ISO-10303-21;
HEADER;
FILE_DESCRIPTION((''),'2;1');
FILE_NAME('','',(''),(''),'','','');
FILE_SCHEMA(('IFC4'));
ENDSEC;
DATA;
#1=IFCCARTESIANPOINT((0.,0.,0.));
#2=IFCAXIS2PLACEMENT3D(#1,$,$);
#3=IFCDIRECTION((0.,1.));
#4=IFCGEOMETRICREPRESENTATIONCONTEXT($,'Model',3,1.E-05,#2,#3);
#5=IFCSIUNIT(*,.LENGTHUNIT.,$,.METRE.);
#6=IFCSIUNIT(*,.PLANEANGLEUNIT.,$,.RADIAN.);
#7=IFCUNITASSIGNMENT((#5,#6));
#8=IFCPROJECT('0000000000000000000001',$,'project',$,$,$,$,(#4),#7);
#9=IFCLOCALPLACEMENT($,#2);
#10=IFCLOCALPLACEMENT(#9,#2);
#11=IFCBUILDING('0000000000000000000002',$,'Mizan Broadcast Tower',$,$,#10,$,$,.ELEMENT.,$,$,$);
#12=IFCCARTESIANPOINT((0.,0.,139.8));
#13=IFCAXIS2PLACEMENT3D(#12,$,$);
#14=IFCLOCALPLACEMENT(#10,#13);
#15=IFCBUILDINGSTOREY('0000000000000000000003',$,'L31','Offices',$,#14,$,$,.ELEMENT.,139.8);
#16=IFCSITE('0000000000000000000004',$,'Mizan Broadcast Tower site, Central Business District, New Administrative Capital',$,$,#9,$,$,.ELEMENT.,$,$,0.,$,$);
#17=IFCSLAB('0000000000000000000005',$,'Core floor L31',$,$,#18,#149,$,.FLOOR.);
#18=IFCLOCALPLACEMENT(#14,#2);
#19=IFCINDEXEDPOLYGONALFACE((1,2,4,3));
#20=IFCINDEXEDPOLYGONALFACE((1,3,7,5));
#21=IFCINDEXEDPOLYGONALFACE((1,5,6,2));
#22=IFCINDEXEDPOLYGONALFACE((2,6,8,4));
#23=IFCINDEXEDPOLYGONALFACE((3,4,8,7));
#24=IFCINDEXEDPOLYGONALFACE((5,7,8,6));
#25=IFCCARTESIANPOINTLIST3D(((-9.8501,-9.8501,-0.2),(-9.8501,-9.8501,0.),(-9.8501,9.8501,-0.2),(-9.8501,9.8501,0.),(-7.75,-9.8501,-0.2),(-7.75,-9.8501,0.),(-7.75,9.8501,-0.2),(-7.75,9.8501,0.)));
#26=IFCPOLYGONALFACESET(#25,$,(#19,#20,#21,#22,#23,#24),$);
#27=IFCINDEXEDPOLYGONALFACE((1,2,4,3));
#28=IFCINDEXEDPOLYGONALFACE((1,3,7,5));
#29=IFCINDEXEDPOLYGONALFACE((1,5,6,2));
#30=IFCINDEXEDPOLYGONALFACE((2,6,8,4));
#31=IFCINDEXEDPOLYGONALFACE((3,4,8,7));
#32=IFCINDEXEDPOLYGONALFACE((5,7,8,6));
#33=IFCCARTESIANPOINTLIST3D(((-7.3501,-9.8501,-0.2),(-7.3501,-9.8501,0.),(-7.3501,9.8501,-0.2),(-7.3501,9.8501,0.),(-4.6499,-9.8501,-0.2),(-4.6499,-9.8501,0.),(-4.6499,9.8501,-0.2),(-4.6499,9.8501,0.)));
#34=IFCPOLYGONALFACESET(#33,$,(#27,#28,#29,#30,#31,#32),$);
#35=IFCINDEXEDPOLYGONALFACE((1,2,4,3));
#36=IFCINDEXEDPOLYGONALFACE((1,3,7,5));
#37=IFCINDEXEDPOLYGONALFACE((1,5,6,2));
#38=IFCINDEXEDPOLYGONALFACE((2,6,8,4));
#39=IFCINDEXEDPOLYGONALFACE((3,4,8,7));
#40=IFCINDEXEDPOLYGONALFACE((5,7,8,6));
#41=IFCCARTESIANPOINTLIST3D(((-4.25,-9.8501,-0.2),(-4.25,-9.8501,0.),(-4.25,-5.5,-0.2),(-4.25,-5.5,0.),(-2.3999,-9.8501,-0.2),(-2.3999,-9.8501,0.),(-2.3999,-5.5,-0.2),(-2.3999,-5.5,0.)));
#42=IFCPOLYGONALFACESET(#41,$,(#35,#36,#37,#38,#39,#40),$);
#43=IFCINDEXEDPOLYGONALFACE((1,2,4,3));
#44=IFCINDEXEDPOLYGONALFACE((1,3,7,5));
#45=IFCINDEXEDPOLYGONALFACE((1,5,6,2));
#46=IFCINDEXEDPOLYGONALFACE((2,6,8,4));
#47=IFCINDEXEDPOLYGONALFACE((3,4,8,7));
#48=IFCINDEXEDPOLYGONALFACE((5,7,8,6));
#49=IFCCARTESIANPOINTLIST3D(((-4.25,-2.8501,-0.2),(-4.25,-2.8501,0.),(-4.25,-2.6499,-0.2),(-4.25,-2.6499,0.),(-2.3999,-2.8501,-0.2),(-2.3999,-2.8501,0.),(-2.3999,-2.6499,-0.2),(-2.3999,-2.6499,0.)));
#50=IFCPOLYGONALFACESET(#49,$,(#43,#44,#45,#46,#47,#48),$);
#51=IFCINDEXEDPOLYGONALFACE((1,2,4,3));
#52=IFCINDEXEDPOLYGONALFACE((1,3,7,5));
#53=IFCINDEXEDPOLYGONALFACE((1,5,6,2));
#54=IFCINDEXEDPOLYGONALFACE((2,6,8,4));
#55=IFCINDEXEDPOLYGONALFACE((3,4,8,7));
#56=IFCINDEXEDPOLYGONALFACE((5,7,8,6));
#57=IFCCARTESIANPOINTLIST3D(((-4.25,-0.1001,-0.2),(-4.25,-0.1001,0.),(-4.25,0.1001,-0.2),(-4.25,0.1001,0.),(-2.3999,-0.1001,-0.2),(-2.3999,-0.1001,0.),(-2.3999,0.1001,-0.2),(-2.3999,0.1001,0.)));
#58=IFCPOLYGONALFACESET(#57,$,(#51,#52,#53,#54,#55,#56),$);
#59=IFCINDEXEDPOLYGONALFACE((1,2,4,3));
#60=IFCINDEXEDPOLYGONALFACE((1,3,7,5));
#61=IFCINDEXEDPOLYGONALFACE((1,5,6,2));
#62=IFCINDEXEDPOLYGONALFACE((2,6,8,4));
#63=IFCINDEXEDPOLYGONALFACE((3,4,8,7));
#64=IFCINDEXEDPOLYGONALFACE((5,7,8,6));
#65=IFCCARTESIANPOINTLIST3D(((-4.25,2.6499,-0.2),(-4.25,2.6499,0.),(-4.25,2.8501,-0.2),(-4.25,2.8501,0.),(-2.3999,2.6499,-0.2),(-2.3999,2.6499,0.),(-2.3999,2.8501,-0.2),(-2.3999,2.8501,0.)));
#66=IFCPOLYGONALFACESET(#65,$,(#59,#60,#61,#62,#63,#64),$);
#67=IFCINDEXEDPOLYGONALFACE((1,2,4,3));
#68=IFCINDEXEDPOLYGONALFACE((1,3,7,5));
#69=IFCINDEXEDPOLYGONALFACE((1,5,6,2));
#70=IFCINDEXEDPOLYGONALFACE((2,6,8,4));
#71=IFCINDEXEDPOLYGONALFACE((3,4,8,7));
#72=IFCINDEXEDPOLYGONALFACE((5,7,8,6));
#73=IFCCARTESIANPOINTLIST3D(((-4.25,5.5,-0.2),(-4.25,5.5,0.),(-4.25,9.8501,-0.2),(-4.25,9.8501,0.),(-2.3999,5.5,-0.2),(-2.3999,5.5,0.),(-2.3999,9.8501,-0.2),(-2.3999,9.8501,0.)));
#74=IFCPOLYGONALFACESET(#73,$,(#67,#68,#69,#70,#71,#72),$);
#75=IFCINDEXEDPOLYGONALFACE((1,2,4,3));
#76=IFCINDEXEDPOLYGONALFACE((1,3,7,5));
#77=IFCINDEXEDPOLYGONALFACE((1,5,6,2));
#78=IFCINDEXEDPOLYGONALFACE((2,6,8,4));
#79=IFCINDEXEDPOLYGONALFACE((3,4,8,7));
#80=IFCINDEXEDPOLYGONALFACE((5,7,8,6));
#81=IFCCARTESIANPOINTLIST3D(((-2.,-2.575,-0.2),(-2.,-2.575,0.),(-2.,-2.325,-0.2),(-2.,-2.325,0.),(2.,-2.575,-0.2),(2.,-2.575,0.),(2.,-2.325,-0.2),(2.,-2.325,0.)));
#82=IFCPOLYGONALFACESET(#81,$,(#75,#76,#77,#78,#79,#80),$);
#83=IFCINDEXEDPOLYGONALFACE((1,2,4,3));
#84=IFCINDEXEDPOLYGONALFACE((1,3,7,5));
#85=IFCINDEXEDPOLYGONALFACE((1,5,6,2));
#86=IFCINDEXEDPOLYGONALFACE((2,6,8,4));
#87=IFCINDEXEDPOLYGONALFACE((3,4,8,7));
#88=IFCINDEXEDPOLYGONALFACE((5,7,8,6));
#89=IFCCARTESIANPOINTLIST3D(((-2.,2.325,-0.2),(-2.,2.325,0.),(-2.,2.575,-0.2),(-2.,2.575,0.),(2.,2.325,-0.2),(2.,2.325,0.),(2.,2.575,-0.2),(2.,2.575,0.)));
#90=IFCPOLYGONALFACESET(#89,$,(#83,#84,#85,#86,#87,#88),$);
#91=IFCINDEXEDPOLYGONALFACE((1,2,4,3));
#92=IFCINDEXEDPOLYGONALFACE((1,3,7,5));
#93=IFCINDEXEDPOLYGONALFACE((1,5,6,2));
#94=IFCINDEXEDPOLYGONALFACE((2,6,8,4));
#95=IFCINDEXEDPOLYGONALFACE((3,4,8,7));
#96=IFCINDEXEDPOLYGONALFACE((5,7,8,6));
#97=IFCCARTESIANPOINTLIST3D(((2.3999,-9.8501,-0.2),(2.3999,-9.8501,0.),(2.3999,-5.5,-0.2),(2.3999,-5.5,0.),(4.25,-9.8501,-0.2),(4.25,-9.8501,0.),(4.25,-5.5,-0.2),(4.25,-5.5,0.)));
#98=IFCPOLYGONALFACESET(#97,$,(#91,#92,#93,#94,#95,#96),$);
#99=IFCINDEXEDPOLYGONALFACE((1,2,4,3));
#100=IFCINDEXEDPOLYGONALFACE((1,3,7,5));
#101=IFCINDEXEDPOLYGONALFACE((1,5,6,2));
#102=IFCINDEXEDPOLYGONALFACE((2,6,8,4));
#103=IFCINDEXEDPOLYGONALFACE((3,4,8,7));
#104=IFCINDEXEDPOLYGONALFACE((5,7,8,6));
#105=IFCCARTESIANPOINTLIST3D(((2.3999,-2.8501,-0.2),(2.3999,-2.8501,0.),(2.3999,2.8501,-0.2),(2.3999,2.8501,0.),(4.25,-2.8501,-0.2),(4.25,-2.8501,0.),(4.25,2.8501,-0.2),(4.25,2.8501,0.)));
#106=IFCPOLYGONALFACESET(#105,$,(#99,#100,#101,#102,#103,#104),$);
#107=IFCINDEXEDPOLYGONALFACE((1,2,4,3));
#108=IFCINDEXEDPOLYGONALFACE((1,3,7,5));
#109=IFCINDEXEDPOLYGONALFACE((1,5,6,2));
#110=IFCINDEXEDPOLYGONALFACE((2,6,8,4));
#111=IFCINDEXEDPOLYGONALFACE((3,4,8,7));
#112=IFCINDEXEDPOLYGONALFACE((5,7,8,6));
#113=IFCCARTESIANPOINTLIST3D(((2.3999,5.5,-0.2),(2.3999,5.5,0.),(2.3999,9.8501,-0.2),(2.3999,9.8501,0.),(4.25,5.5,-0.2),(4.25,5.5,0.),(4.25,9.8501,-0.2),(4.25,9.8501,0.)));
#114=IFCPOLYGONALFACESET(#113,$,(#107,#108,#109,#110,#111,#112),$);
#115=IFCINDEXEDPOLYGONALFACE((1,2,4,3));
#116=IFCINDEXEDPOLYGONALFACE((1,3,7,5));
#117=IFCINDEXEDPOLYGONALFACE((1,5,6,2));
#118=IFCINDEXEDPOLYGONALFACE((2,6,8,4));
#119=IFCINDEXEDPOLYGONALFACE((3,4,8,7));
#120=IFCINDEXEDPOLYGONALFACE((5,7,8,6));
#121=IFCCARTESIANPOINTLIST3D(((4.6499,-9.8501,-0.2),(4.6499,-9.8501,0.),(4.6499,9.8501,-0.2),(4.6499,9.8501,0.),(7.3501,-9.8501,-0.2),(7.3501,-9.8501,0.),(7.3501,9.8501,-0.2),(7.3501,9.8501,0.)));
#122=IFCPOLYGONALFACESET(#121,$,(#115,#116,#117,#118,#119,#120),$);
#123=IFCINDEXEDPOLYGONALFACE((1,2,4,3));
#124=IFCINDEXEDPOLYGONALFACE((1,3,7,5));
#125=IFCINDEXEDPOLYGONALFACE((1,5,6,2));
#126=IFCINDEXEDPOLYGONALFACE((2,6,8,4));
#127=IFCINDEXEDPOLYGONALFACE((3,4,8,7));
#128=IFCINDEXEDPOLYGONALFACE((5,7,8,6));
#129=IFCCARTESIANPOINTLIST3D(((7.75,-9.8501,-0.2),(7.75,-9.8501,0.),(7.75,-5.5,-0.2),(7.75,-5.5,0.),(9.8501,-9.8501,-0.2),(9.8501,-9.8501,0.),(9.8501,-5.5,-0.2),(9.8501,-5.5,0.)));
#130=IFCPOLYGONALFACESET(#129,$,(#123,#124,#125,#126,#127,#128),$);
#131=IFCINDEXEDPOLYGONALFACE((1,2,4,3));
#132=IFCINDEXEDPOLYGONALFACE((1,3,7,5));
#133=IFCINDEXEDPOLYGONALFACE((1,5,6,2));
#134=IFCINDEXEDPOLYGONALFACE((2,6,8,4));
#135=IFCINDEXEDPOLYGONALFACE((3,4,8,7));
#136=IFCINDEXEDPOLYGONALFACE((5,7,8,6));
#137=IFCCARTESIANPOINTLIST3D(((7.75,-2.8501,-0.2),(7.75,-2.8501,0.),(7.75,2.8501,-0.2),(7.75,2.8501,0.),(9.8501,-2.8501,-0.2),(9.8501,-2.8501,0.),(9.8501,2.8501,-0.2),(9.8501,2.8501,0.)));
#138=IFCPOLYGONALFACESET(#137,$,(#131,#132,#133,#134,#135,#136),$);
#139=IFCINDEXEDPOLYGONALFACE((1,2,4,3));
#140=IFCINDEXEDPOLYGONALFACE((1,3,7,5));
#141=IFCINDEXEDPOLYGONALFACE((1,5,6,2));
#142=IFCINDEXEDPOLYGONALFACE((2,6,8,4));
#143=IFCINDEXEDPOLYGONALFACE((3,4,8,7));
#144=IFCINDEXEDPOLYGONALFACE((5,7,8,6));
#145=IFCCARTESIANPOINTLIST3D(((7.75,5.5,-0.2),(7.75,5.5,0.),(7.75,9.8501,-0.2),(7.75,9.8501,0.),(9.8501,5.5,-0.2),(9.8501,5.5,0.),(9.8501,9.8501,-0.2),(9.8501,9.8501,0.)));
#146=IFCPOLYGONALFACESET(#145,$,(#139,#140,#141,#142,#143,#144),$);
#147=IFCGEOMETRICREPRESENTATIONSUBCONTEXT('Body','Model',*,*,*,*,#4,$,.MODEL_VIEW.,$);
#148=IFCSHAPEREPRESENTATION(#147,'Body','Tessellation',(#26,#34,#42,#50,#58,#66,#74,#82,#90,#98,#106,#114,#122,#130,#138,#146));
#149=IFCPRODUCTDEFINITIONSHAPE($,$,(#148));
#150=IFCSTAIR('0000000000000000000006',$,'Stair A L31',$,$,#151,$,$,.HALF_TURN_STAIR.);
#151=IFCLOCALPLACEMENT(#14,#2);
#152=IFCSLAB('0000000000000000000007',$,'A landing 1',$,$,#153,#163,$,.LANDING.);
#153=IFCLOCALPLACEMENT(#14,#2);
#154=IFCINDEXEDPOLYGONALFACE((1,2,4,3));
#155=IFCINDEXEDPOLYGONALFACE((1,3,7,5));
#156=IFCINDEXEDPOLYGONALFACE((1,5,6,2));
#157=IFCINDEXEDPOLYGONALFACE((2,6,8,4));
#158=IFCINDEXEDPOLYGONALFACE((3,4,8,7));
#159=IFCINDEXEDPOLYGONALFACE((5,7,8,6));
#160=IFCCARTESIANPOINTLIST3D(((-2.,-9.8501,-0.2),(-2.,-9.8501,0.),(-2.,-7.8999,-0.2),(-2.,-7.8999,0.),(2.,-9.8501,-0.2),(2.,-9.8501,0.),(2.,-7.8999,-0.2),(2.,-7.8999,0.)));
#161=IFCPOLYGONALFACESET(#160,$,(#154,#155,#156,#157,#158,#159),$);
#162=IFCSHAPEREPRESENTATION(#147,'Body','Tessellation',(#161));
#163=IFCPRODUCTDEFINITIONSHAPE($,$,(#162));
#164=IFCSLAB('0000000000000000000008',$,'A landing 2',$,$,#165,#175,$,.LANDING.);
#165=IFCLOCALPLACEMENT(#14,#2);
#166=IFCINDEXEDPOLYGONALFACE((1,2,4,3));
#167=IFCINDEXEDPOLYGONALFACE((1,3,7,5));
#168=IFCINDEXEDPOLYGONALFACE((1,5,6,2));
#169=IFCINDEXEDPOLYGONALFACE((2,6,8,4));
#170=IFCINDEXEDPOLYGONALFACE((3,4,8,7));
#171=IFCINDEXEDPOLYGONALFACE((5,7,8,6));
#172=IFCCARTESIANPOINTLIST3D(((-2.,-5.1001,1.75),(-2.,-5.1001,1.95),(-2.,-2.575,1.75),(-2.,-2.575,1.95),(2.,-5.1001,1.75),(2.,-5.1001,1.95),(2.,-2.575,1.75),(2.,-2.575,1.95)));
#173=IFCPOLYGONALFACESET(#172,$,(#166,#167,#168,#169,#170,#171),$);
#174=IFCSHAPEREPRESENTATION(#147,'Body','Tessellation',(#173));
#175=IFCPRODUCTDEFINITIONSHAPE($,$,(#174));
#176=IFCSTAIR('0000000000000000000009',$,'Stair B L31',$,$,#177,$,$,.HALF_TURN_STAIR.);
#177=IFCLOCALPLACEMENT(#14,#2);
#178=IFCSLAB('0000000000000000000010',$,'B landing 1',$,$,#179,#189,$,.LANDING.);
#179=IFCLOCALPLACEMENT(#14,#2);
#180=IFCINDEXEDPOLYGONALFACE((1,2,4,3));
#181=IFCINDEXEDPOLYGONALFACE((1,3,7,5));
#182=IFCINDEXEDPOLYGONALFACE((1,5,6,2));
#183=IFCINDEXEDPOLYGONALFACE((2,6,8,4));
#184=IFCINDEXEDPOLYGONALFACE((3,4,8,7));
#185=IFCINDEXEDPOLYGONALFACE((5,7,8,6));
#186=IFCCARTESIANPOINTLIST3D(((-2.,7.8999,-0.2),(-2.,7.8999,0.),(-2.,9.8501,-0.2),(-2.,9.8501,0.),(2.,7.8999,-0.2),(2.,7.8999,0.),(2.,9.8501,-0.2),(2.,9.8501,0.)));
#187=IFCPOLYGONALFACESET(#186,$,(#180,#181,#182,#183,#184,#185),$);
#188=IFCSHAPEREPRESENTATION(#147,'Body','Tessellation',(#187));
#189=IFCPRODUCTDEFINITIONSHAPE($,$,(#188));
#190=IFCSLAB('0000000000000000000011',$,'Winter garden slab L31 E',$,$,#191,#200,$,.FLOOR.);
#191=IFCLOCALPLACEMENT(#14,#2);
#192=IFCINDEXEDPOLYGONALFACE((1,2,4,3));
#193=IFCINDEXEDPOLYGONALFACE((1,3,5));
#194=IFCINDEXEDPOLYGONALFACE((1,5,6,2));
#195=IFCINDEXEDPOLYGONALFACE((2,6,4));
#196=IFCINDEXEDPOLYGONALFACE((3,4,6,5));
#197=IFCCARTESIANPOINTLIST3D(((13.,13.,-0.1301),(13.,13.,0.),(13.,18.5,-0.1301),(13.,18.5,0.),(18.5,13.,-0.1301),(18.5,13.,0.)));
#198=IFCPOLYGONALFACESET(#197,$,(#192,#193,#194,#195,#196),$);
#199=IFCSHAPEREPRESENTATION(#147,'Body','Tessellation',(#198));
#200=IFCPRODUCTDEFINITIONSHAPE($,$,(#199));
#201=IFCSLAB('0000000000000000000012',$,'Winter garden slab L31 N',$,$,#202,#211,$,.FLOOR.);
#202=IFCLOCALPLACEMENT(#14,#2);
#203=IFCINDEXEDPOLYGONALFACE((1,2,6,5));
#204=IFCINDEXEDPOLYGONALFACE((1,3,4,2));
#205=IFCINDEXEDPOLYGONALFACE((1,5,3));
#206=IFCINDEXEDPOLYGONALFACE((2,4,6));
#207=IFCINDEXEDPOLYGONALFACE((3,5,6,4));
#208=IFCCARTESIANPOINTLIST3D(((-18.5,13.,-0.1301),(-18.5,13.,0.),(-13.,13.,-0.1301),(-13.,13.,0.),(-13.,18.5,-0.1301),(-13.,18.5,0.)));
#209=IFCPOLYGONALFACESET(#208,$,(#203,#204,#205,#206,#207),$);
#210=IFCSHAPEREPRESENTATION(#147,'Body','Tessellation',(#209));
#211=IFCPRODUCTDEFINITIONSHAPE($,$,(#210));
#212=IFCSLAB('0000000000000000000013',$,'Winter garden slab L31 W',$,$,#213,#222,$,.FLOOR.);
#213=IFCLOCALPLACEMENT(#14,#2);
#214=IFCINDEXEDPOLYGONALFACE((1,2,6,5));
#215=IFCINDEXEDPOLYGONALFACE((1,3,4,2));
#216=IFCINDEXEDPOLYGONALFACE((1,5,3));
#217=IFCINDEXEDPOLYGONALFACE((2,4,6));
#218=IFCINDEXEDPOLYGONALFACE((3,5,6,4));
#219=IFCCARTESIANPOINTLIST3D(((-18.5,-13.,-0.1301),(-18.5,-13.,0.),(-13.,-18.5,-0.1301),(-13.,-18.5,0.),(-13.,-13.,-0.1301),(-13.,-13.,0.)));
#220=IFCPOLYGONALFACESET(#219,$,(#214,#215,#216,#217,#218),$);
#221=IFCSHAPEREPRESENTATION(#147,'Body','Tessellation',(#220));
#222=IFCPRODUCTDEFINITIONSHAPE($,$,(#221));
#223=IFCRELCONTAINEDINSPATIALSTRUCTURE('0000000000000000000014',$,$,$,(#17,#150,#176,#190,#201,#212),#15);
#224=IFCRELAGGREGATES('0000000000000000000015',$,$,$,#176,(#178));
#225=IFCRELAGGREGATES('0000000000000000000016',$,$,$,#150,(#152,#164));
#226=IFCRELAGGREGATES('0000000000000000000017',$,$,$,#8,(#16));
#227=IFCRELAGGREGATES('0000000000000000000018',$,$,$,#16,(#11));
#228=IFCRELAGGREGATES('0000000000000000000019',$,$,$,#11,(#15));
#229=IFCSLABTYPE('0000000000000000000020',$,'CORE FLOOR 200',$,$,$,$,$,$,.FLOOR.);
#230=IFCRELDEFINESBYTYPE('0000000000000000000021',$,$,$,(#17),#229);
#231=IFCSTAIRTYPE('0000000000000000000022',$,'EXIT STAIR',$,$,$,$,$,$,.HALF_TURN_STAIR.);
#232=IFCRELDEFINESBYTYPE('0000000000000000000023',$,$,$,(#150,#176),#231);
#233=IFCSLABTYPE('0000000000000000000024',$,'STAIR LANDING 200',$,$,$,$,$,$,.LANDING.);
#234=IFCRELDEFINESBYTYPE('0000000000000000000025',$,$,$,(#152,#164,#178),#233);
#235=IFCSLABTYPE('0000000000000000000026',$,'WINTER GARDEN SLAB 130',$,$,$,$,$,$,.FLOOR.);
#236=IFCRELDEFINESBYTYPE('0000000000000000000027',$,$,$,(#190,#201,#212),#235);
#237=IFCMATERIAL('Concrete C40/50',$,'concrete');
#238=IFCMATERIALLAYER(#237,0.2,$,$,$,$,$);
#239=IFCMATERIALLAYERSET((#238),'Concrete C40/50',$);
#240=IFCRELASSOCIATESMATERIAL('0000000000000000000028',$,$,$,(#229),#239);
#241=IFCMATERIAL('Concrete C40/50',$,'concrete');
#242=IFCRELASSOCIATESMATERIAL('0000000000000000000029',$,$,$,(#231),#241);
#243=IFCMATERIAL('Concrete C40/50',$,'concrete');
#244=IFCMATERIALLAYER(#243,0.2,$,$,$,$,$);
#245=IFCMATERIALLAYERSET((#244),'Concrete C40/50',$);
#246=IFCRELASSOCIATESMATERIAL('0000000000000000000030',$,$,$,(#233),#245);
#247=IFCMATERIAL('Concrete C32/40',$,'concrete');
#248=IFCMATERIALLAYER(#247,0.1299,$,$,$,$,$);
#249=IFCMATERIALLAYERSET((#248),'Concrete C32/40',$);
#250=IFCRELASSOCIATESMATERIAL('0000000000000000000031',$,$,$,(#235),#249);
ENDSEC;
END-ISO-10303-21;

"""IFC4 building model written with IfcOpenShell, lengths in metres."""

from ifc_helpers import new_model, si_unit, direction, frame, origin, place, context, subcontext, project, spatial, polyline, outline, extrude, material, layer, layer_set, type_object, element, aggregate, save


model = new_model("IFC4")

# Units and contexts
model_context = context("Model", 3, precision=1e-05, world=origin(), true_north=direction((0.0, 1.0)))
body_context = subcontext(model_context, "Body", "Model", "MODEL_VIEW")
ifc_project = project(units=[si_unit("LENGTHUNIT", "METRE"), si_unit("PLANEANGLEUNIT", "RADIAN")], contexts=[model_context])

# Site, building, storey
site_placement = place(None, origin())
site = spatial("IfcSite", under=ifc_project, at=site_placement, Name="Mizan Broadcast Tower site, Central Business District, New Administrative Capital", CompositionType="ELEMENT", RefElevation=0.0)
building_placement = place(site_placement, origin())
building = spatial("IfcBuilding", under=site, at=building_placement, Name="Mizan Broadcast Tower", CompositionType="ELEMENT")
storey_placement = place(building_placement, frame((0.0, 0.0, 139.8)))
storey = spatial("IfcBuildingStorey", under=building, at=storey_placement, Name="L31", Description="Offices", CompositionType="ELEMENT", Elevation=139.8)

# Slab
ifc_material_1 = material(Name="Concrete C40/50", Category="concrete")
ifc_layer_1 = layer(ifc_material_1, 0.2)
ifc_layer_set_1 = layer_set([ifc_layer_1], Name="Concrete C40/50")
slab_type_1 = type_object("IfcSlabType", Name="CORE FLOOR 200", PredefinedType="FLOOR", material=ifc_layer_set_1)
slab_1_placement = place(storey_placement, frame((0.0, 0.0, -0.2)))
element("IfcSlab", 1, at=slab_1_placement, inside=storey, type_object=slab_type_1, Name="Core floor L31", PredefinedType="FLOOR", context=body_context, shape_type="SweptSolid", body=[
    extrude(outline(polyline([(-9.8501, -9.8501), (-7.75, -9.8501), (-7.75, 9.8501), (-9.8501, 9.8501), (-9.8501, -9.8501)])), origin(), (0.0, 0.0, 1.0), 0.2),
    extrude(outline(polyline([(-4.6499, 9.8501), (-7.3501, 9.8501), (-7.3501, -9.8501), (-4.6499, -9.8501), (-4.6499, 9.8501)])), origin(), (0.0, 0.0, 1.0), 0.2),
    extrude(outline(polyline([(-4.25, -5.5), (-4.25, -9.8501), (-2.3999, -9.8501), (-2.3999, -5.5), (-4.25, -5.5)])), origin(), (0.0, 0.0, 1.0), 0.2),
    extrude(outline(polyline([(-4.25, -2.8501), (-2.3999, -2.8501), (-2.3999, -2.6499), (-4.25, -2.6499), (-4.25, -2.8501)])), origin(), (0.0, 0.0, 1.0), 0.2),
    extrude(outline(polyline([(-4.25, -0.1001), (-2.3999, -0.1001), (-2.3999, 0.1001), (-4.25, 0.1001), (-4.25, -0.1001)])), origin(), (0.0, 0.0, 1.0), 0.2),
    extrude(outline(polyline([(-4.25, 2.6499), (-2.3999, 2.6499), (-2.3999, 2.8501), (-4.25, 2.8501), (-4.25, 2.6499)])), origin(), (0.0, 0.0, 1.0), 0.2),
    extrude(outline(polyline([(-4.25, 5.5), (-2.3999, 5.5), (-2.3999, 9.8501), (-4.25, 9.8501), (-4.25, 5.5)])), origin(), (0.0, 0.0, 1.0), 0.2),
    extrude(outline(polyline([(2.0, -2.325), (-2.0, -2.325), (-2.0, -2.575), (2.0, -2.575), (2.0, -2.325)])), origin(), (0.0, 0.0, 1.0), 0.2),
    extrude(outline(polyline([(2.0, 2.575), (-2.0, 2.575), (-2.0, 2.325), (2.0, 2.325), (2.0, 2.575)])), origin(), (0.0, 0.0, 1.0), 0.2),
    extrude(outline(polyline([(4.25, -9.8501), (4.25, -5.5), (2.3999, -5.5), (2.3999, -9.8501), (4.25, -9.8501)])), origin(), (0.0, 0.0, 1.0), 0.2),
    extrude(outline(polyline([(4.25, -2.8501), (4.25, 2.8501), (2.3999, 2.8501), (2.3999, -2.8501), (4.25, -2.8501)])), origin(), (0.0, 0.0, 1.0), 0.2),
    extrude(outline(polyline([(4.25, 5.5), (4.25, 9.8501), (2.3999, 9.8501), (2.3999, 5.5), (4.25, 5.5)])), origin(), (0.0, 0.0, 1.0), 0.2),
    extrude(outline(polyline([(4.6499, 9.8501), (4.6499, -9.8501), (7.3501, -9.8501), (7.3501, 9.8501), (4.6499, 9.8501)])), origin(), (0.0, 0.0, 1.0), 0.2),
    extrude(outline(polyline([(9.8501, -9.8501), (9.8501, -5.5), (7.75, -5.5), (7.75, -9.8501), (9.8501, -9.8501)])), origin(), (0.0, 0.0, 1.0), 0.2),
    extrude(outline(polyline([(7.75, -2.8501), (9.8501, -2.8501), (9.8501, 2.8501), (7.75, 2.8501), (7.75, -2.8501)])), origin(), (0.0, 0.0, 1.0), 0.2),
    extrude(outline(polyline([(9.8501, 5.5), (9.8501, 9.8501), (7.75, 9.8501), (7.75, 5.5), (9.8501, 5.5)])), origin(), (0.0, 0.0, 1.0), 0.2),
])

# Stair, slabs
ifc_material_2 = material(Name="Concrete C40/50", Category="concrete")
stair_type = type_object("IfcStairType", Name="EXIT STAIR", PredefinedType="HALF_TURN_STAIR", material=ifc_material_2)
stair_1_placement = place(storey_placement, origin())
stair_1 = element("IfcStair", 2, at=stair_1_placement, inside=storey, type_object=stair_type, Name="Stair A L31", PredefinedType="HALF_TURN_STAIR")
ifc_material_3 = material(Name="Concrete C40/50", Category="concrete")
ifc_layer_2 = layer(ifc_material_3, 0.2)
ifc_layer_set_2 = layer_set([ifc_layer_2], Name="Concrete C40/50")
slab_type_2 = type_object("IfcSlabType", Name="STAIR LANDING 200", PredefinedType="LANDING", material=ifc_layer_set_2)
slab_2_placement = place(storey_placement, frame((0.0, 0.0, -0.2)))
slab_2 = element("IfcSlab", 3, at=slab_2_placement, type_object=slab_type_2, Name="A landing 1", PredefinedType="LANDING", context=body_context, shape_type="SweptSolid", body=[
    extrude(outline(polyline([(-2.0, -9.8501), (-2.0, -7.8999), (2.0, -7.8999), (2.0, -9.8501), (-2.0, -9.8501)])), origin(), (0.0, 0.0, 1.0), 0.2),
])
slab_3_placement = place(storey_placement, frame((0.0, 0.0, 1.75)))
slab_3 = element("IfcSlab", 4, at=slab_3_placement, type_object=slab_type_2, Name="A landing 2", PredefinedType="LANDING", context=body_context, shape_type="SweptSolid", body=[
    extrude(outline(polyline([(-2.0, -5.1001), (-2.0, -2.575), (2.0, -2.575), (2.0, -5.1001), (-2.0, -5.1001)])), origin(), (0.0, 0.0, 1.0), 0.2),
])

# Stair, slab
stair_2_placement = place(storey_placement, origin())
stair_2 = element("IfcStair", 5, at=stair_2_placement, inside=storey, type_object=stair_type, Name="Stair B L31", PredefinedType="HALF_TURN_STAIR")
slab_4_placement = place(storey_placement, frame((0.0, 0.0, -0.2)))
slab_4 = element("IfcSlab", 6, at=slab_4_placement, type_object=slab_type_2, Name="B landing 1", PredefinedType="LANDING", context=body_context, shape_type="SweptSolid", body=[
    extrude(outline(polyline([(2.0, 9.8501), (2.0, 7.8999), (-2.0, 7.8999), (-2.0, 9.8501), (2.0, 9.8501)])), origin(), (0.0, 0.0, 1.0), 0.2),
])
aggregate(stair_2, [slab_4])

# Slabs
ifc_material_4 = material(Name="Concrete C32/40", Category="concrete")
ifc_layer_3 = layer(ifc_material_4, 0.1299)
ifc_layer_set_3 = layer_set([ifc_layer_3], Name="Concrete C32/40")
slab_type_3 = type_object("IfcSlabType", Name="WINTER GARDEN SLAB 130", PredefinedType="FLOOR", material=ifc_layer_set_3)
slab_5_placement = place(storey_placement, frame((0.0, 0.0, -0.1301)))
element("IfcSlab", 7, at=slab_5_placement, inside=storey, type_object=slab_type_3, Name="Winter garden slab L31 E", PredefinedType="FLOOR", context=body_context, shape_type="SweptSolid", body=[
    extrude(outline(polyline([(13.0, 13.0), (18.5, 13.0), (13.0, 18.5), (13.0, 13.0)])), origin(), (0.0, 0.0, 1.0), 0.1301),
])
slab_6_placement = place(storey_placement, frame((0.0, 0.0, -0.1301)))
element("IfcSlab", 8, at=slab_6_placement, inside=storey, type_object=slab_type_3, Name="Winter garden slab L31 N", PredefinedType="FLOOR", context=body_context, shape_type="SweptSolid", body=[
    extrude(outline(polyline([(-13.0, 13.0), (-13.0, 18.5), (-18.5, 13.0), (-13.0, 13.0)])), origin(), (0.0, 0.0, 1.0), 0.1301),
])
slab_7_placement = place(storey_placement, frame((0.0, 0.0, -0.1301)))
element("IfcSlab", 9, at=slab_7_placement, inside=storey, type_object=slab_type_3, Name="Winter garden slab L31 W", PredefinedType="FLOOR", context=body_context, shape_type="SweptSolid", body=[
    extrude(outline(polyline([(-13.0, -13.0), (-18.5, -13.0), (-13.0, -18.5), (-13.0, -13.0)])), origin(), (0.0, 0.0, 1.0), 0.1301),
])

aggregate(stair_1, [slab_2, slab_3])

save(model, "model.ifc")
